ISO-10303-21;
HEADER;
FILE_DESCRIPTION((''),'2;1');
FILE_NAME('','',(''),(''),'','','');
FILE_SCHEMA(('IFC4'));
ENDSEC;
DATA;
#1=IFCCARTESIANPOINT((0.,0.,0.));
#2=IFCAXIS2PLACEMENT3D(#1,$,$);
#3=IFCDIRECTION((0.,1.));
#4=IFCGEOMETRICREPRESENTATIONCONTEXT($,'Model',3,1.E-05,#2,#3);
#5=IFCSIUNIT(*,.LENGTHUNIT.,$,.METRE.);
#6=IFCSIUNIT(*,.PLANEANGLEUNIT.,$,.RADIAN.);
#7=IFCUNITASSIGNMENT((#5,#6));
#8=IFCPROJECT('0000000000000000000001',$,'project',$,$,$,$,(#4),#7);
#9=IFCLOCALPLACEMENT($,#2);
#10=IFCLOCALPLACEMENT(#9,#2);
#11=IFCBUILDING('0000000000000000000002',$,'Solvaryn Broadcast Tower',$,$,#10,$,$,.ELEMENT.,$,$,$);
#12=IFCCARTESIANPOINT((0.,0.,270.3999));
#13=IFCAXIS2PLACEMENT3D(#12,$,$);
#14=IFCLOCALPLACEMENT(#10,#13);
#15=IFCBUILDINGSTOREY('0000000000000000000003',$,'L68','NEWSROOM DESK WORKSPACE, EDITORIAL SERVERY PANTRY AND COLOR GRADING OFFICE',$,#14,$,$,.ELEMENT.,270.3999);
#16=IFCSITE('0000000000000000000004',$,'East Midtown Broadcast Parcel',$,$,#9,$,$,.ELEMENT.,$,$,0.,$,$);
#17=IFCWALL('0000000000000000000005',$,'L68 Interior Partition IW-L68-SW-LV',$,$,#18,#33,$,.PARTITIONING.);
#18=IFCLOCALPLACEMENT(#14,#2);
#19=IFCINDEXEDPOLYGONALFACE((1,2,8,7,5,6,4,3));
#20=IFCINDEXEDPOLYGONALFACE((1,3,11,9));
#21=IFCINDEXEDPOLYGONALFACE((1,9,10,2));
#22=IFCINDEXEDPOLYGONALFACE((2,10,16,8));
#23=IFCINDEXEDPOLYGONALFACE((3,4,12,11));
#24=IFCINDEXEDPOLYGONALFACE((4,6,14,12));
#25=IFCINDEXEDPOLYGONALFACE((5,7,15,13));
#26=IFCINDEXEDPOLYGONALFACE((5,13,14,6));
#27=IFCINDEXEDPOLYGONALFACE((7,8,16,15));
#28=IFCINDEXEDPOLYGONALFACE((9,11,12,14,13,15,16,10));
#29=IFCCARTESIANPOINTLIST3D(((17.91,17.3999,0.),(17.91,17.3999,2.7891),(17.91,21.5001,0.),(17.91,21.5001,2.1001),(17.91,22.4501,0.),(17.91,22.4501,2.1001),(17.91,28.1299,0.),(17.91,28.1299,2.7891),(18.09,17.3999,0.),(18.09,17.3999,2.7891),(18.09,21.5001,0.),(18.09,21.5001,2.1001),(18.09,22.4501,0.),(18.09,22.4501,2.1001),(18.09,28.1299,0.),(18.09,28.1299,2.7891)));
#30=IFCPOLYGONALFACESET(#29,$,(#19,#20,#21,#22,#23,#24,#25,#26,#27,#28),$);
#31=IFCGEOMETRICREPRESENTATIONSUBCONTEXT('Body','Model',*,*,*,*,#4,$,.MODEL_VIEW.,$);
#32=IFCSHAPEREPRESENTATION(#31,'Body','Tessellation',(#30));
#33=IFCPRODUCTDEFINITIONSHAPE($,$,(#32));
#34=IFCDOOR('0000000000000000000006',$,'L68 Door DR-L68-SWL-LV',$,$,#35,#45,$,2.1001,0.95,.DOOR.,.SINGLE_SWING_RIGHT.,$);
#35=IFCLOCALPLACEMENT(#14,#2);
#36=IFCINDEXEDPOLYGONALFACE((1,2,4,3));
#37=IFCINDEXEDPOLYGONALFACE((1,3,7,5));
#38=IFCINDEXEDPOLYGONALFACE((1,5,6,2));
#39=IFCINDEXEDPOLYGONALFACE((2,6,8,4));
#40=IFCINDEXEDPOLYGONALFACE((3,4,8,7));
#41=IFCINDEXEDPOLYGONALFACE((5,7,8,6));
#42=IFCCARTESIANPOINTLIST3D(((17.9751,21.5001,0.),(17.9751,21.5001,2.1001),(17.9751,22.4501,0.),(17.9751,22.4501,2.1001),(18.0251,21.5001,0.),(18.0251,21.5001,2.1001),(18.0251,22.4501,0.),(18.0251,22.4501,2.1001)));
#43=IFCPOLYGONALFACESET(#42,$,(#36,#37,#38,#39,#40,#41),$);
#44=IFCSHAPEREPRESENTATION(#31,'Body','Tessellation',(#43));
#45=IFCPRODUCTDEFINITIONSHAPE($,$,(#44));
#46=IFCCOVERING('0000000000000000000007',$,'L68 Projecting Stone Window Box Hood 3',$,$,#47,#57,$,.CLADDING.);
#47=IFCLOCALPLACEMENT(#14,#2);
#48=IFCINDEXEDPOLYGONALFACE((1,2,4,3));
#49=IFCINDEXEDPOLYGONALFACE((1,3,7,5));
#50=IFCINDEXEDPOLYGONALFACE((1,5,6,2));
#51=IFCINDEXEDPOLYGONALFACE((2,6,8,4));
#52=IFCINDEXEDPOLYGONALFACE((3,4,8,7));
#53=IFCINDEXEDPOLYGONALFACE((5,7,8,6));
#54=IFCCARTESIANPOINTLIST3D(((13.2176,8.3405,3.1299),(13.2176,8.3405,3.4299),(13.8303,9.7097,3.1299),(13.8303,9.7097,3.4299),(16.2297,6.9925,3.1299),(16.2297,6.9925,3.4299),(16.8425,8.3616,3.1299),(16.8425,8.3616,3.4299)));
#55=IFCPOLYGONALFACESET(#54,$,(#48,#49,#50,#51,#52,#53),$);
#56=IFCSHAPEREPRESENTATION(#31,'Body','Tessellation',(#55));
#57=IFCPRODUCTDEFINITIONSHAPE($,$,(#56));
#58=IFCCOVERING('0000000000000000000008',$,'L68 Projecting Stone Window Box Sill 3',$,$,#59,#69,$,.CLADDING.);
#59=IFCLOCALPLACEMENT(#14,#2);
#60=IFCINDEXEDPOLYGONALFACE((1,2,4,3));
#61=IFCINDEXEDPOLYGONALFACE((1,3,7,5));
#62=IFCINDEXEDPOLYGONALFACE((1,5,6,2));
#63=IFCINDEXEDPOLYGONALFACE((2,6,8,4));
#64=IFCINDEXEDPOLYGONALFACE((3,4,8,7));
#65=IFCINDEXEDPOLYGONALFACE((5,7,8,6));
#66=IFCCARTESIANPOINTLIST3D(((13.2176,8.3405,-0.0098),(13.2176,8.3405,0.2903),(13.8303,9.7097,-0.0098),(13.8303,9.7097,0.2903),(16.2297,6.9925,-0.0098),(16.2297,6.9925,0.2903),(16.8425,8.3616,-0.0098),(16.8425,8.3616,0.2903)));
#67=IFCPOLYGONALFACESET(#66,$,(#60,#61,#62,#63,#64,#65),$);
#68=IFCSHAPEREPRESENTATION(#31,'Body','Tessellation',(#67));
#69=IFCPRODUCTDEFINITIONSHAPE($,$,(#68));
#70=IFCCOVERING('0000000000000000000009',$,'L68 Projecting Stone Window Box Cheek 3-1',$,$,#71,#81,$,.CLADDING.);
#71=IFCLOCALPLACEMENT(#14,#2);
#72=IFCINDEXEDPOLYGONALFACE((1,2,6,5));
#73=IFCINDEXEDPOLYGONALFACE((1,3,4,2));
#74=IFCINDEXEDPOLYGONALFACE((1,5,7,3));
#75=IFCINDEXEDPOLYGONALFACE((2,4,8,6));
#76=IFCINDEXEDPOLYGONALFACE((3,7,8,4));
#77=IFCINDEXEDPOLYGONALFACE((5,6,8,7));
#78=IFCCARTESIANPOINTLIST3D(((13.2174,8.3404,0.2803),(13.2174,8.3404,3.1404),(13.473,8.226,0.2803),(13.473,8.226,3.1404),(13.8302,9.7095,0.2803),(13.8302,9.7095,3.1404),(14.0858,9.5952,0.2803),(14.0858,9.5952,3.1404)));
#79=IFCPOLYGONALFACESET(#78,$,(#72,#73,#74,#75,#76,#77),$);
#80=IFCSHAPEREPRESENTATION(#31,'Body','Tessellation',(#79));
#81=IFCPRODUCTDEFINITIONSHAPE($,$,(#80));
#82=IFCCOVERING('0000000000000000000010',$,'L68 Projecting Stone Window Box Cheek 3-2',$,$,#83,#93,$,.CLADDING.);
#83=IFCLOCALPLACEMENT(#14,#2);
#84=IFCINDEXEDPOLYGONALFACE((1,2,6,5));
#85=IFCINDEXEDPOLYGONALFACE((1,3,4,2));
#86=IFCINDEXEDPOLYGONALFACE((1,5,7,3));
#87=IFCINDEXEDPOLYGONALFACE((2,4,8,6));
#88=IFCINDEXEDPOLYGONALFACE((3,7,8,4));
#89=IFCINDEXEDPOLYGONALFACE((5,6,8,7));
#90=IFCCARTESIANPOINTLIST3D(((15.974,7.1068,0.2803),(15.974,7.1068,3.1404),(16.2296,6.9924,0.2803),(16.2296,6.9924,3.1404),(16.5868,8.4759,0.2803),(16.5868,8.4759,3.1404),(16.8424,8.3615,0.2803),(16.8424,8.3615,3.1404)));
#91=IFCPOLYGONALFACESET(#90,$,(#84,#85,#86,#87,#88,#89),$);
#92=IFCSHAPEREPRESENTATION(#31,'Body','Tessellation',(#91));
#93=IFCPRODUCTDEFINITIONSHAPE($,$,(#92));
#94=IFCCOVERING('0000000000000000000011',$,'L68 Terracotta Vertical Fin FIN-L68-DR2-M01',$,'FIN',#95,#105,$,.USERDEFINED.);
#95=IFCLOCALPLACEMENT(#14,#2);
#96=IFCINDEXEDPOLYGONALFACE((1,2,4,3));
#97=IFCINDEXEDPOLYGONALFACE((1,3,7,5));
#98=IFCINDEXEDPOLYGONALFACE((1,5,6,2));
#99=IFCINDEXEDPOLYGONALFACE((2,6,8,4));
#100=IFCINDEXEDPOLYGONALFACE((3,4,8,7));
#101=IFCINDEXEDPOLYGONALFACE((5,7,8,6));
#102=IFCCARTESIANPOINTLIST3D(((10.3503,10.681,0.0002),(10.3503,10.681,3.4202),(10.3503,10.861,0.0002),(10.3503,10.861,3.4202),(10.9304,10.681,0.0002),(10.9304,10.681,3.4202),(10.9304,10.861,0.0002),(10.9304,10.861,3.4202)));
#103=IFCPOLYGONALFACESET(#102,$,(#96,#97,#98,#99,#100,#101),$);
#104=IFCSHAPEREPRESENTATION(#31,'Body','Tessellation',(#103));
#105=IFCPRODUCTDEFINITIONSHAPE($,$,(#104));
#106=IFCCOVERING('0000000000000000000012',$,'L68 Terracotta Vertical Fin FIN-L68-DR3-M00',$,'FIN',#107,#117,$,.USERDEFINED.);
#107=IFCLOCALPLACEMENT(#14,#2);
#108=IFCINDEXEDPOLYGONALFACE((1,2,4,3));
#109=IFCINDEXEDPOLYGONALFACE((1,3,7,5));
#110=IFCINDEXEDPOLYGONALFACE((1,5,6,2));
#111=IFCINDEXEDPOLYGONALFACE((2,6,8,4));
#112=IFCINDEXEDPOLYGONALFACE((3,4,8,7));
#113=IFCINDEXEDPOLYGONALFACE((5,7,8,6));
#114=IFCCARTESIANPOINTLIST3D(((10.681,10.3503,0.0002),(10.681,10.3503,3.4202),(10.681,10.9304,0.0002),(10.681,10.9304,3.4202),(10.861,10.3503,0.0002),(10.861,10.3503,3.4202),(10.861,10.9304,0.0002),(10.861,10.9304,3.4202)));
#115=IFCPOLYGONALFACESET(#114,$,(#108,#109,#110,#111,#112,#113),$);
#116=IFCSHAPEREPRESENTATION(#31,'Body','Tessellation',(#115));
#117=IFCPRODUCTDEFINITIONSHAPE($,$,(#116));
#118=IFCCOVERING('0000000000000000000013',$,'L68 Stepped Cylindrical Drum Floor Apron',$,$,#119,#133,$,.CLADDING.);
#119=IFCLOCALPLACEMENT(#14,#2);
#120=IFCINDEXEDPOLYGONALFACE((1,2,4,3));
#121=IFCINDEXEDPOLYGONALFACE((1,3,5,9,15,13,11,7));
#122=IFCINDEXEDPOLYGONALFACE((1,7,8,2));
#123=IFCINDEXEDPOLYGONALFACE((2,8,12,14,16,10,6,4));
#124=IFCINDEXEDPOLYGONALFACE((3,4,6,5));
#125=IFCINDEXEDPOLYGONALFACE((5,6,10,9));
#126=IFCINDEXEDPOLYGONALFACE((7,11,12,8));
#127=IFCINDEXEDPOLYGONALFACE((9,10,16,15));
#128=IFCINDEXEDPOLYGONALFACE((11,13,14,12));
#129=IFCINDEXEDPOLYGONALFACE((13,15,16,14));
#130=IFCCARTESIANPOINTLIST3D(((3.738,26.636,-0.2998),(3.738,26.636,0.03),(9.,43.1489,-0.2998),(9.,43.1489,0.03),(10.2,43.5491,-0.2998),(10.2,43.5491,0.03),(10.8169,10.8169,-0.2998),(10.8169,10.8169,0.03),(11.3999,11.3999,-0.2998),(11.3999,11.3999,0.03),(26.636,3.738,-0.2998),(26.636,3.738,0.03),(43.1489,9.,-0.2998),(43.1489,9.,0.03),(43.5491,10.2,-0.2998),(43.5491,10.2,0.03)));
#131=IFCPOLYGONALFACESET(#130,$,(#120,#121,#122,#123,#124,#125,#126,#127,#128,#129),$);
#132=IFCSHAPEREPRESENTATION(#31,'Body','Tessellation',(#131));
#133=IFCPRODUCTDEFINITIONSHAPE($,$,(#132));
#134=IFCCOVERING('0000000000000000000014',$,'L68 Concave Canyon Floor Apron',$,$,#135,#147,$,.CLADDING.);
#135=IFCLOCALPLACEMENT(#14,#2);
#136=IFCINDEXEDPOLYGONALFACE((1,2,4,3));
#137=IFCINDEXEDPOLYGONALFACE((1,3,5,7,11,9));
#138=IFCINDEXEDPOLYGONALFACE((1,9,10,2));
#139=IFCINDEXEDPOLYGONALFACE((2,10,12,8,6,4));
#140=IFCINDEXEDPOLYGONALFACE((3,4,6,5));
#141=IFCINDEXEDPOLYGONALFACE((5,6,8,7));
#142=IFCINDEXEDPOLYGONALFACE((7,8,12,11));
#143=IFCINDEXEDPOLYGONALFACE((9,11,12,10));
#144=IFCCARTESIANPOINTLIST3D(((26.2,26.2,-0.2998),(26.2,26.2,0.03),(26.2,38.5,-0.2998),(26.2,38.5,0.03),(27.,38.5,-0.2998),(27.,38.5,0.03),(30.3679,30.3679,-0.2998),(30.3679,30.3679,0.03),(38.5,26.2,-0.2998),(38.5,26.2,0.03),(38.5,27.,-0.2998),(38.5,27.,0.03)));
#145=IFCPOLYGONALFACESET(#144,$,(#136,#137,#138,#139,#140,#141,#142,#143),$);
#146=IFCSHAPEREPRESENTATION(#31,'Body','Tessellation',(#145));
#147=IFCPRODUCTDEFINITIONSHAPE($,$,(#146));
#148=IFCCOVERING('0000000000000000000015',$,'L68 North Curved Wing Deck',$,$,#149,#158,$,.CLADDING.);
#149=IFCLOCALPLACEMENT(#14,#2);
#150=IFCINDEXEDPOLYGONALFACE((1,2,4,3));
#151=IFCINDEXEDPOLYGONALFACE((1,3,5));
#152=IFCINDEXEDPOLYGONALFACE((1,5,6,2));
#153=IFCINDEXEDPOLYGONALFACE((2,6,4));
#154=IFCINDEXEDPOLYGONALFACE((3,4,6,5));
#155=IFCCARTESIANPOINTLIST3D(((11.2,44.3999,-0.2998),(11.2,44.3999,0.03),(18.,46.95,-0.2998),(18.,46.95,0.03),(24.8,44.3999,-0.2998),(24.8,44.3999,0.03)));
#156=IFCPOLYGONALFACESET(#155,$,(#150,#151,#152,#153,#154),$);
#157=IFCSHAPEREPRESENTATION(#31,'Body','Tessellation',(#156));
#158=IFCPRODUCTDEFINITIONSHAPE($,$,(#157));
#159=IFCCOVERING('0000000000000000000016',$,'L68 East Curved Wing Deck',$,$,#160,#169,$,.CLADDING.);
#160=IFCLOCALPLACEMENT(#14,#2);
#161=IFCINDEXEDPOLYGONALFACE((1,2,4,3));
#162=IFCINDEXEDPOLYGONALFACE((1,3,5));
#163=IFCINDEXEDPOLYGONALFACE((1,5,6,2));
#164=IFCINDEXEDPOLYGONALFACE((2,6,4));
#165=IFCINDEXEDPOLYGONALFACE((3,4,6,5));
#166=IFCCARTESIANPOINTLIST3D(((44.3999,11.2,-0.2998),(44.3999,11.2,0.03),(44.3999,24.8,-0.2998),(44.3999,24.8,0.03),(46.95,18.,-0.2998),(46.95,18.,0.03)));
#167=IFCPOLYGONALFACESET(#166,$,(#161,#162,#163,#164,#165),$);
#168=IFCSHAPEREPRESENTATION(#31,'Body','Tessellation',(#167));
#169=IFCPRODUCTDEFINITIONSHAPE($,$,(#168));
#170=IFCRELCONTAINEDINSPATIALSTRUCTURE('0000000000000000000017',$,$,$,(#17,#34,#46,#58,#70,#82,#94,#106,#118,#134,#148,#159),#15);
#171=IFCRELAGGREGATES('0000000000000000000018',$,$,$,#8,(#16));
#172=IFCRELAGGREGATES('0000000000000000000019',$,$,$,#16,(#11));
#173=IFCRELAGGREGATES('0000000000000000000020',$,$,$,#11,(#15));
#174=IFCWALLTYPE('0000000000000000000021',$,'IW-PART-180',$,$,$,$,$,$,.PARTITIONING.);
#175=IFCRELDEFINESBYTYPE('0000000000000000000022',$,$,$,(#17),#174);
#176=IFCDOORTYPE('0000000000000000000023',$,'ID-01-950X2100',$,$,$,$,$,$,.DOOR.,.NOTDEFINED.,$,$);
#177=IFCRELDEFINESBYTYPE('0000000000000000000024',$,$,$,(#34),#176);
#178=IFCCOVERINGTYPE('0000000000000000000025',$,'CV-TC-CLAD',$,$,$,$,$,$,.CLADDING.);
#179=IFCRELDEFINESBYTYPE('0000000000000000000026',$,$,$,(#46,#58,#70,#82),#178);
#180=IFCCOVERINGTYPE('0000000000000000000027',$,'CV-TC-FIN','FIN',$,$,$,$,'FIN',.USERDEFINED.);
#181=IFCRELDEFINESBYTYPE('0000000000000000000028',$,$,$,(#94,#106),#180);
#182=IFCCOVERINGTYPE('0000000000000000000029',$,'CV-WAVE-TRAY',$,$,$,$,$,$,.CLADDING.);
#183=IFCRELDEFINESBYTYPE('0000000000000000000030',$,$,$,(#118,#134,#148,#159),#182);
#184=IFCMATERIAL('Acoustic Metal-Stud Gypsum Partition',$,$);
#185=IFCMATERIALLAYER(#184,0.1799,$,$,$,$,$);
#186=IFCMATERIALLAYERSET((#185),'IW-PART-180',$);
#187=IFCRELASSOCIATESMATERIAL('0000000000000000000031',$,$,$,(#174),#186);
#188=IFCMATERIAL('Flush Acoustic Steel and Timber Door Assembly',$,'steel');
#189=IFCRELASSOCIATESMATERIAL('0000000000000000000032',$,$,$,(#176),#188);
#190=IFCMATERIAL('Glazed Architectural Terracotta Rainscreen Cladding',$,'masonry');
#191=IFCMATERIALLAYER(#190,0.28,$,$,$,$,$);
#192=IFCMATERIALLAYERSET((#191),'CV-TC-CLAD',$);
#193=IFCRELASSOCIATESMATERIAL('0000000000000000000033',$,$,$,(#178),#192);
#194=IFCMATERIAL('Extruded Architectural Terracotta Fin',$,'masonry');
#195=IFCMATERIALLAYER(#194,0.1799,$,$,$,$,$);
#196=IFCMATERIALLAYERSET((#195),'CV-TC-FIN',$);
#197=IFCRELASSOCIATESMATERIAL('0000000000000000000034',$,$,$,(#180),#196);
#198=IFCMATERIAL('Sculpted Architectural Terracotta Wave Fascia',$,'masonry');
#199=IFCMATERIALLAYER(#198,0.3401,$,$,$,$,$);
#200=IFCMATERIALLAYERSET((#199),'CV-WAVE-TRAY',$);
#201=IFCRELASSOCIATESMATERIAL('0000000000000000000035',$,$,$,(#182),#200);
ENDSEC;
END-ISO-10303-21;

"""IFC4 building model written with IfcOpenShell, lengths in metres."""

from ifc_helpers import new_model, si_unit, direction, frame, frame_2d, origin, origin_2d, place, context, subcontext, project, spatial, polyline, rectangle, outline, extrude, material, layer, layer_set, type_object, element, fill, save


model = new_model("IFC4")

# Units and contexts
model_context = context("Model", 3, precision=1e-05, world=origin(), true_north=direction((0.0, 1.0)))
body_context = subcontext(model_context, "Body", "Model", "MODEL_VIEW")
ifc_project = project(units=[si_unit("LENGTHUNIT", "METRE"), si_unit("PLANEANGLEUNIT", "RADIAN")], contexts=[model_context])

# Site, building, storey
site_placement = place(None, origin())
site = spatial("IfcSite", under=ifc_project, at=site_placement, Name="East Midtown Broadcast Parcel", CompositionType="ELEMENT", RefElevation=0.0)
building_placement = place(site_placement, origin())
building = spatial("IfcBuilding", under=site, at=building_placement, Name="Solvaryn Broadcast Tower", CompositionType="ELEMENT")
storey_placement = place(building_placement, frame((0.0, 0.0, 270.3999)))
storey = spatial("IfcBuildingStorey", under=building, at=storey_placement, Name="L68", Description="NEWSROOM DESK WORKSPACE, EDITORIAL SERVERY PANTRY AND COLOR GRADING OFFICE", CompositionType="ELEMENT", Elevation=270.3999)

# Wall, opening, door
ifc_material_1 = material(Name="Acoustic Metal-Stud Gypsum Partition")
ifc_layer_1 = layer(ifc_material_1, 0.1799)
ifc_layer_set_1 = layer_set([ifc_layer_1], Name="IW-PART-180")
wall_type_1 = type_object("IfcWallType", Name="IW-PART-180", PredefinedType="PARTITIONING", material=ifc_layer_set_1)
wall_1_placement = place(storey_placement, frame((18.0, 17.3999, 0.0), z_axis=(0.0, 0.0, 1.0), x_axis=(0.0, 1.0, 0.0)))
wall_1 = element("IfcWall", 1, at=wall_1_placement, inside=storey, type_object=wall_type_1, Name="L68 Interior Partition IW-L68-SW-LV", PredefinedType="PARTITIONING", context=body_context, shape_type="SweptSolid", body=[
    extrude(rectangle(XDim=10.73, YDim=0.1799, at=frame_2d((5.365, 0.0))), origin(), (0.0, 0.0, 1.0), 2.7891),
])
opening_1_placement = place(wall_1_placement, frame((4.1001, 0.0, 0.0)))
opening_1 = element("IfcOpeningElement", 2, at=opening_1_placement, cuts=wall_1, PredefinedType="OPENING", context=body_context, shape_type="SweptSolid", body=[
    extrude(rectangle(XDim=0.95, YDim=2.1001, at=frame_2d((0.4751, 1.05))), frame((0.0, 0.0999, 0.0), z_axis=(0.0, -1.0, 0.0), x_axis=(1.0, 0.0, 0.0)), (0.0, 0.0, 1.0), 0.2),
])
ifc_material_2 = material(Name="Flush Acoustic Steel and Timber Door Assembly", Category="steel")
door_type_1 = type_object("IfcDoorType", Name="ID-01-950X2100", OperationType="NOTDEFINED", PredefinedType="DOOR", material=ifc_material_2)
door_1_placement = place(opening_1_placement, origin())
door_1 = element("IfcDoor", 3, at=door_1_placement, inside=storey, type_object=door_type_1, Name="L68 Door DR-L68-SWL-LV", OperationType="SINGLE_SWING_RIGHT", OverallHeight=2.1001, OverallWidth=0.95, PredefinedType="DOOR", context=body_context, shape_type="SweptSolid", body=[
    extrude(rectangle(XDim=0.95, YDim=2.1001, at=frame_2d((0.4751, 1.05))), frame((0.0, 0.0249, 0.0), z_axis=(0.0, -1.0, 0.0), x_axis=(1.0, 0.0, 0.0)), (0.0, 0.0, 1.0), 0.05),
])
fill(opening_1, door_1)

# Coverings
ifc_material_3 = material(Name="Glazed Architectural Terracotta Rainscreen Cladding", Category="masonry")
ifc_layer_2 = layer(ifc_material_3, 0.28)
ifc_layer_set_2 = layer_set([ifc_layer_2], Name="CV-TC-CLAD")
covering_type_1 = type_object("IfcCoveringType", Name="CV-TC-CLAD", PredefinedType="CLADDING", material=ifc_layer_set_2)
for number, where, z_axis, x_axis, name in (
    (4, (15.03, 8.3511, 3.1299), (0.0, 0.0, 1.0), (0.912763, -0.40849, 0.0), "L68 Projecting Stone Window Box Hood 3"),
    (5, (15.03, 8.3511, -0.0098), (0.0, 0.0, 1.0), (0.912763, -0.40849, 0.0), "L68 Projecting Stone Window Box Sill 3"),
):
    element("IfcCovering", number, at=place(storey_placement, frame(where, z_axis=z_axis, x_axis=x_axis)), inside=storey, type_object=covering_type_1, Name=name, PredefinedType="CLADDING", context=body_context, shape_type="SweptSolid", body=[
        extrude(rectangle(XDim=3.3, YDim=1.5, at=origin_2d()), origin(), (0.0, 0.0, 1.0), 0.3),
    ])
for number, where, z_axis, x_axis, name in (
    (6, (13.6516, 8.9678, 0.2803), (0.0, 0.0, 1.0), (0.912763, -0.40849, 0.0), "L68 Projecting Stone Window Box Cheek 3-1"),
    (7, (16.4082, 7.7341, 0.2803), (0.0, 0.0, 1.0), (0.912763, -0.40849, 0.0), "L68 Projecting Stone Window Box Cheek 3-2"),
):
    element("IfcCovering", number, at=place(storey_placement, frame(where, z_axis=z_axis, x_axis=x_axis)), inside=storey, type_object=covering_type_1, Name=name, PredefinedType="CLADDING", context=body_context, shape_type="SweptSolid", body=[
        extrude(rectangle(XDim=0.28, YDim=1.5, at=origin_2d()), origin(), (0.0, 0.0, 1.0), 2.8601),
    ])
ifc_material_4 = material(Name="Extruded Architectural Terracotta Fin", Category="masonry")
ifc_layer_3 = layer(ifc_material_4, 0.1799)
ifc_layer_set_3 = layer_set([ifc_layer_3], Name="CV-TC-FIN")
covering_type_2 = type_object("IfcCoveringType", Name="CV-TC-FIN", Description="FIN", ElementType="FIN", PredefinedType="USERDEFINED", material=ifc_layer_set_3)
covering_1_placement = place(storey_placement, frame((10.6404, 10.771, 0.0002), z_axis=(0.0, 0.0, 1.0), x_axis=(1.0, 0.0, 0.0)))
element("IfcCovering", 8, at=covering_1_placement, inside=storey, type_object=covering_type_2, Name="L68 Terracotta Vertical Fin FIN-L68-DR2-M01", ObjectType="FIN", PredefinedType="USERDEFINED", context=body_context, shape_type="SweptSolid", body=[
    extrude(rectangle(XDim=0.5801, YDim=0.1799, at=origin_2d()), origin(), (0.0, 0.0, 1.0), 3.4199),
])
covering_2_placement = place(storey_placement, frame((10.771, 10.6404, 0.0002), z_axis=(0.0, 0.0, 1.0), x_axis=(1.0, 0.0, 0.0)))
element("IfcCovering", 9, at=covering_2_placement, inside=storey, type_object=covering_type_2, Name="L68 Terracotta Vertical Fin FIN-L68-DR3-M00", ObjectType="FIN", PredefinedType="USERDEFINED", context=body_context, shape_type="SweptSolid", body=[
    extrude(rectangle(XDim=0.1799, YDim=0.5801, at=origin_2d()), origin(), (0.0, 0.0, 1.0), 3.4199),
])
ifc_material_5 = material(Name="Sculpted Architectural Terracotta Wave Fascia", Category="masonry")
ifc_layer_4 = layer(ifc_material_5, 0.3401)
ifc_layer_set_4 = layer_set([ifc_layer_4], Name="CV-WAVE-TRAY")
covering_type_3 = type_object("IfcCoveringType", Name="CV-WAVE-TRAY", PredefinedType="CLADDING", material=ifc_layer_set_4)
covering_3_placement = place(storey_placement, frame((0.0, 0.0, -0.2998)))
element("IfcCovering", 10, at=covering_3_placement, inside=storey, type_object=covering_type_3, Name="L68 Stepped Cylindrical Drum Floor Apron", PredefinedType="CLADDING", context=body_context, shape_type="SweptSolid", body=[
    extrude(outline(polyline([(10.2, 43.5491), (9.0, 43.1489), (3.738, 26.636), (10.8169, 10.8169), (26.636, 3.738), (43.1489, 9.0), (43.1489, 9.0), (43.5491, 10.2), (11.3999, 11.3999), (10.2, 43.5491)])), origin(), (0.0, 0.0, 1.0), 0.3298),
])
covering_4_placement = place(storey_placement, frame((0.0, 0.0, -0.2998)))
element("IfcCovering", 11, at=covering_4_placement, inside=storey, type_object=covering_type_3, Name="L68 Concave Canyon Floor Apron", PredefinedType="CLADDING", context=body_context, shape_type="SweptSolid", body=[
    extrude(outline(polyline([(26.2, 26.2), (38.5, 26.2), (38.5, 27.0), (30.3679, 30.3679), (27.0, 38.5), (26.2, 38.5), (26.2, 26.2)])), origin(), (0.0, 0.0, 1.0), 0.3298),
])
covering_5_placement = place(storey_placement, frame((0.0, 0.0, -0.2998)))
element("IfcCovering", 12, at=covering_5_placement, inside=storey, type_object=covering_type_3, Name="L68 North Curved Wing Deck", PredefinedType="CLADDING", context=body_context, shape_type="SweptSolid", body=[
    extrude(outline(polyline([(11.2, 44.3999), (24.8, 44.3999), (18.0, 46.95), (11.2, 44.3999)])), origin(), (0.0, 0.0, 1.0), 0.3298),
])
covering_6_placement = place(storey_placement, frame((0.0, 0.0, -0.2998)))
element("IfcCovering", 13, at=covering_6_placement, inside=storey, type_object=covering_type_3, Name="L68 East Curved Wing Deck", PredefinedType="CLADDING", context=body_context, shape_type="SweptSolid", body=[
    extrude(outline(polyline([(44.3999, 11.2), (46.95, 18.0), (44.3999, 24.8), (44.3999, 11.2)])), origin(), (0.0, 0.0, 1.0), 0.3298),
])

save(model, "model.ifc")
